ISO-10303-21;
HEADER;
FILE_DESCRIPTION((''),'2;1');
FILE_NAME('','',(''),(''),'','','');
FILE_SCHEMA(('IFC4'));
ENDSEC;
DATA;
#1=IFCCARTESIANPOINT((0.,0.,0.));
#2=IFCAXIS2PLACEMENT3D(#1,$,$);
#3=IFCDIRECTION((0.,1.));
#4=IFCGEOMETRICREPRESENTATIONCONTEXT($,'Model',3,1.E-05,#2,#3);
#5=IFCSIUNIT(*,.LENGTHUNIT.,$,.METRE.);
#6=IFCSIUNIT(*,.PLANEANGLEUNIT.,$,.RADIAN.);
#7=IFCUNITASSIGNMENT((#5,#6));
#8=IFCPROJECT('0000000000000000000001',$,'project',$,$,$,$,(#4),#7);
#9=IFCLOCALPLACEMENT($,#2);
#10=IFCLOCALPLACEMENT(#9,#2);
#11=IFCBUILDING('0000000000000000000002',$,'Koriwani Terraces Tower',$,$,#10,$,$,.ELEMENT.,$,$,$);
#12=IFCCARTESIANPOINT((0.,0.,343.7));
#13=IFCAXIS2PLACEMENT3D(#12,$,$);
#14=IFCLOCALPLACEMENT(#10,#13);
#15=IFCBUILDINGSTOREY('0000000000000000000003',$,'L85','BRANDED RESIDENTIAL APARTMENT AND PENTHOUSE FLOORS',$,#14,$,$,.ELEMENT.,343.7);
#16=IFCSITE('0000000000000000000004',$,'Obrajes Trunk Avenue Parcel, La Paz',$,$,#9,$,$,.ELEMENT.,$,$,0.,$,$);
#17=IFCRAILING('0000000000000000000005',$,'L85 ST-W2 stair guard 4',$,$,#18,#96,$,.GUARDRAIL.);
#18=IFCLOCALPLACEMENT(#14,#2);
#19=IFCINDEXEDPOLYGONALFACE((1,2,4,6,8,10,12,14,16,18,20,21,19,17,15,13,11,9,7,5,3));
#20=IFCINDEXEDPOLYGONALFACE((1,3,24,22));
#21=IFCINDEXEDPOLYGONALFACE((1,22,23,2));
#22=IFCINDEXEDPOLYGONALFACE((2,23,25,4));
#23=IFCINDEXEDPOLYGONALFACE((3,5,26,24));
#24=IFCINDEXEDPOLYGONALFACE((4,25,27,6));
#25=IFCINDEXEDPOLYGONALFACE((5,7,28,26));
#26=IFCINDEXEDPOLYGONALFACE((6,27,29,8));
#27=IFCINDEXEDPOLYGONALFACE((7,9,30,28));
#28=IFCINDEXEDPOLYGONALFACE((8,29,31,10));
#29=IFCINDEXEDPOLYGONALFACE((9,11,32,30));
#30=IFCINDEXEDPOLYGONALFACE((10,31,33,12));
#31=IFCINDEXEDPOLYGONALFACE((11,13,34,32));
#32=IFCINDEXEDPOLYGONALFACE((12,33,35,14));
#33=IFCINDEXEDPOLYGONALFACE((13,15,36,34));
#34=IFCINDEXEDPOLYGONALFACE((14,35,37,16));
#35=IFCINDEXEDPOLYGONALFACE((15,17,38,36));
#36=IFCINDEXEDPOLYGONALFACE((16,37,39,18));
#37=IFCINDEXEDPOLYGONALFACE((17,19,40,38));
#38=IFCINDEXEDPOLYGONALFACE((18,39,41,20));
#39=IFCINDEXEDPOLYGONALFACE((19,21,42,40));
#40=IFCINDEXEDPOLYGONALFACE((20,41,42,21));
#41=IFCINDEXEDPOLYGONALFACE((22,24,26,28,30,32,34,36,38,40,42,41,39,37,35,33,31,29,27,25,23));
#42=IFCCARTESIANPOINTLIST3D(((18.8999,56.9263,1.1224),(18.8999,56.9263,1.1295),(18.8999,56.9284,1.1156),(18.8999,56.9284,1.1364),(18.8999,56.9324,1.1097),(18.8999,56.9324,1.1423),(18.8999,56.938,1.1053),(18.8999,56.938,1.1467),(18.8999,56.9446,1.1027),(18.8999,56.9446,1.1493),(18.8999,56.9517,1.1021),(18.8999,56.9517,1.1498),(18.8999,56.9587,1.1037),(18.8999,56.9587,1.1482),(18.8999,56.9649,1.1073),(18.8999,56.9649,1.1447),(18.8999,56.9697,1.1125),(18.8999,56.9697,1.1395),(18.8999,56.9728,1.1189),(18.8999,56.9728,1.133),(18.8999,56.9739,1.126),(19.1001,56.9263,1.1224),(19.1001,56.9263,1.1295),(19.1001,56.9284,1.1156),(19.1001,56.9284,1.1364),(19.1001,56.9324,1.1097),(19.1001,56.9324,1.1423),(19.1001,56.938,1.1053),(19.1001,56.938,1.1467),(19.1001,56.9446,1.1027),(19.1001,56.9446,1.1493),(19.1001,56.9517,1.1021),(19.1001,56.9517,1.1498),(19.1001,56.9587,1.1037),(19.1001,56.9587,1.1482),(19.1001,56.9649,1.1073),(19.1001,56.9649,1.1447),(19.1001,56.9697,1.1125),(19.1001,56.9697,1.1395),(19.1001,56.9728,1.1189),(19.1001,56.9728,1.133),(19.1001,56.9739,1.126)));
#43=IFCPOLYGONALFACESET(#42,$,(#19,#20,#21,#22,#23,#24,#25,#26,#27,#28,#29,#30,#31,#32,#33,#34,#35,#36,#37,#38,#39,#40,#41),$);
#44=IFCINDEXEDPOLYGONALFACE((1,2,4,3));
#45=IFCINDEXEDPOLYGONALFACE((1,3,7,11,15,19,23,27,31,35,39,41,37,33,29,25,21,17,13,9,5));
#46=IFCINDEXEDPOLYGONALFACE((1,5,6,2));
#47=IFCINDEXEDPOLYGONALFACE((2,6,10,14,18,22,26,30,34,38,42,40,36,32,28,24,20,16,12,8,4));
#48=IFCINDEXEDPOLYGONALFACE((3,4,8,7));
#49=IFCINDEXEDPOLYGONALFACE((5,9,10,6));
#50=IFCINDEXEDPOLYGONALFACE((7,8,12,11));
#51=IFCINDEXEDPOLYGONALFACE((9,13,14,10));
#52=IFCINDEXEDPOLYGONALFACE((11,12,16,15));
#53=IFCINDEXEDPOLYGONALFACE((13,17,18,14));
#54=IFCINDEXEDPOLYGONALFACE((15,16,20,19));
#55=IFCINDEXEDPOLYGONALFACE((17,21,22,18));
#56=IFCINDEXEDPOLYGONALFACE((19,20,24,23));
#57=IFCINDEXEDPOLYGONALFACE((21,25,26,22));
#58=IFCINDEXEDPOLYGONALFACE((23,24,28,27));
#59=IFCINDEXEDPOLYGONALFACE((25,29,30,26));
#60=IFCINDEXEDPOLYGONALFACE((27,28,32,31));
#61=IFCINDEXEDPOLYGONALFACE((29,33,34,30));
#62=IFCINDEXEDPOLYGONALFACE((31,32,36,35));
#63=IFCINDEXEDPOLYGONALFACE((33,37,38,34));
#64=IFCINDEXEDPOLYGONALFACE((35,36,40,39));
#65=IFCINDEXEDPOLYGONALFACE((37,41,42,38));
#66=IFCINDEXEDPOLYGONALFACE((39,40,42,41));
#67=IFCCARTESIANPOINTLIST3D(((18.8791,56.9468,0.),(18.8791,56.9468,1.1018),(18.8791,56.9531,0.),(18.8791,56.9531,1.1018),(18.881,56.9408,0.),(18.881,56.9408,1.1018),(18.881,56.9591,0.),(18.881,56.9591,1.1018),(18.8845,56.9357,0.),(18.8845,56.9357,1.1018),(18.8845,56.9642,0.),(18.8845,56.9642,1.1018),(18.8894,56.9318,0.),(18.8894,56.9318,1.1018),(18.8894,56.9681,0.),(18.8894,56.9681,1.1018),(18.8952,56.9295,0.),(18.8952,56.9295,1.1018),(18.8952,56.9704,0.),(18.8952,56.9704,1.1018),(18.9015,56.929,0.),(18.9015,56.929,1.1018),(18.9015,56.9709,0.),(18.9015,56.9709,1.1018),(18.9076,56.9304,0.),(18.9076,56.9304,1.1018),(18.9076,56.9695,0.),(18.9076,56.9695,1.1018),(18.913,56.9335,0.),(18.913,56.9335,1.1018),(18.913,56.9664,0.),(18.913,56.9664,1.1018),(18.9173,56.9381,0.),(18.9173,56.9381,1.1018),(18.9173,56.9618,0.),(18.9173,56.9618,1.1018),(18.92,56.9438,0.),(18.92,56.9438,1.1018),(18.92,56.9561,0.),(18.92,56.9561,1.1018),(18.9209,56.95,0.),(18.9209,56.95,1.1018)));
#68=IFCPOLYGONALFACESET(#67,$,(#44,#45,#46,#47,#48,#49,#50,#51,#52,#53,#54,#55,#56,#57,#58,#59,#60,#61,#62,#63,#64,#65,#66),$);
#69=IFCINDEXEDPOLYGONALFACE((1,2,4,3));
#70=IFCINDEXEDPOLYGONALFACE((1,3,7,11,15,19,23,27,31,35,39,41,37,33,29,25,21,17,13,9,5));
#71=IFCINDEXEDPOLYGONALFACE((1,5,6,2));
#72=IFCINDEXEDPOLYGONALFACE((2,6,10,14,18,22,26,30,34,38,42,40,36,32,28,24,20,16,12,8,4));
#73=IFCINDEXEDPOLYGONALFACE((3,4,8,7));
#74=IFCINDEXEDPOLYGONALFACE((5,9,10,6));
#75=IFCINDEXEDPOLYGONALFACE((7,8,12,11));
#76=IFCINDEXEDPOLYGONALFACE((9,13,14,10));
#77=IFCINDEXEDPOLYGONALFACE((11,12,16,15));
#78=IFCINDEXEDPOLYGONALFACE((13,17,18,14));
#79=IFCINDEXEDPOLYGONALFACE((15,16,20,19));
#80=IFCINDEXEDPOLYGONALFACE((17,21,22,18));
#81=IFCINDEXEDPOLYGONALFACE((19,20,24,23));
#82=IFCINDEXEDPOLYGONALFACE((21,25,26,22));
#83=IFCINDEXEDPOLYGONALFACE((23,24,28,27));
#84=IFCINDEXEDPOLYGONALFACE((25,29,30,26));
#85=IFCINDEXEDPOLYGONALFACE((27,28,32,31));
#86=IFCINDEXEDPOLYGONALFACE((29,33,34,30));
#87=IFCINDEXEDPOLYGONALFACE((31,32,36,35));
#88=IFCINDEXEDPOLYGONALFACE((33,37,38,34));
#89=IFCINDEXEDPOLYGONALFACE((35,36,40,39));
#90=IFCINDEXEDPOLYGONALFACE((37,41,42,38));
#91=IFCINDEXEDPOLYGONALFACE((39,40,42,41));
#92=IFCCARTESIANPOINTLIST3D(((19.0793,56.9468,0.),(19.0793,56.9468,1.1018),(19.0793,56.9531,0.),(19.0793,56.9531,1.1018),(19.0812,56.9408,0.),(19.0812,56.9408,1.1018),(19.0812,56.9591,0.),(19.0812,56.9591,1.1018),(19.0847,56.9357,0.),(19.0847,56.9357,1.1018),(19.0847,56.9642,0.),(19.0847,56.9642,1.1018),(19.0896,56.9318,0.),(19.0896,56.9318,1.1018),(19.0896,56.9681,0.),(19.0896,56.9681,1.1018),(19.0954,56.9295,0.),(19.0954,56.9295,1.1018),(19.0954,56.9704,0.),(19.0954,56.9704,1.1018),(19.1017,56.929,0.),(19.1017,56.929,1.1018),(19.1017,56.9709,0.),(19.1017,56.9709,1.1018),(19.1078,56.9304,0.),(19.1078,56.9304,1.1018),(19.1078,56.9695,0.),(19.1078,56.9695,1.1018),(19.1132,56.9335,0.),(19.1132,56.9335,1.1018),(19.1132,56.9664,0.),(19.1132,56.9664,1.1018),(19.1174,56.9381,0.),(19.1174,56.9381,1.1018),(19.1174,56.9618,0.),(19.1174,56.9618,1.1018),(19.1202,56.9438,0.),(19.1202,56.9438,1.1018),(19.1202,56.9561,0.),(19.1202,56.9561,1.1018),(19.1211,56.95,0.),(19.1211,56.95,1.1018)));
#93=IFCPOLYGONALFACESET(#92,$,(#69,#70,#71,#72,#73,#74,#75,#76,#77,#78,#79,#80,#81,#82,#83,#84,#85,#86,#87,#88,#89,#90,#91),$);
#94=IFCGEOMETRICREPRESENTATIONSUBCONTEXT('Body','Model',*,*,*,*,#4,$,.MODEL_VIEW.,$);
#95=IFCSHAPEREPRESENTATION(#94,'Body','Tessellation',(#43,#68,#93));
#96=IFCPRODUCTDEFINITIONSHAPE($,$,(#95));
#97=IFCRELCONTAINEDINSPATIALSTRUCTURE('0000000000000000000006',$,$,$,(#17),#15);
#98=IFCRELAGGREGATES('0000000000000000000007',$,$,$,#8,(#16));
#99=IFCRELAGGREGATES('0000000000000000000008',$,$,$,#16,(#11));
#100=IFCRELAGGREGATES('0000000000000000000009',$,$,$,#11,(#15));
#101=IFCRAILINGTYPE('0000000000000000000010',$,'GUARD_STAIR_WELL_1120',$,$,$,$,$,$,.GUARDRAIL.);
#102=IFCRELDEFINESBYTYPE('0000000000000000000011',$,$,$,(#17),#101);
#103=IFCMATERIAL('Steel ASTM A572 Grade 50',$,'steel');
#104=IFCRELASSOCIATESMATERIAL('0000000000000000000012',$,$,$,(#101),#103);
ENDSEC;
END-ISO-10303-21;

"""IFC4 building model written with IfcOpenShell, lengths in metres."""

from ifc_helpers import new_model, si_unit, direction, frame, origin, origin_2d, place, context, subcontext, project, spatial, circle, extrude, material, type_object, element, save


model = new_model("IFC4")

# Units and contexts
model_context = context("Model", 3, precision=1e-05, world=origin(), true_north=direction((0.0, 1.0)))
body_context = subcontext(model_context, "Body", "Model", "MODEL_VIEW")
ifc_project = project(units=[si_unit("LENGTHUNIT", "METRE"), si_unit("PLANEANGLEUNIT", "RADIAN")], contexts=[model_context])

# Site, building, storey
site_placement = place(None, origin())
site = spatial("IfcSite", under=ifc_project, at=site_placement, Name="Obrajes Trunk Avenue Parcel, La Paz", CompositionType="ELEMENT", RefElevation=0.0)
building_placement = place(site_placement, origin())
building = spatial("IfcBuilding", under=site, at=building_placement, Name="Koriwani Terraces Tower", CompositionType="ELEMENT")
storey_placement = place(building_placement, frame((0.0, 0.0, 343.7)))
storey = spatial("IfcBuildingStorey", under=building, at=storey_placement, Name="L85", Description="BRANDED RESIDENTIAL APARTMENT AND PENTHOUSE FLOORS", CompositionType="ELEMENT", Elevation=343.7)

# Shared definitions
ifc_material_1 = material(Name="Steel ASTM A572 Grade 50", Category="steel")

# Railing
railing_type_1 = type_object("IfcRailingType", Name="GUARD_STAIR_WELL_1120", PredefinedType="GUARDRAIL", material=ifc_material_1)
railing_1_placement = place(storey_placement, frame((18.8999, 56.95, 0.0)))
element("IfcRailing", 1, at=railing_1_placement, inside=storey, type_object=railing_type_1, Name="L85 ST-W2 stair guard 4", PredefinedType="GUARDRAIL", context=body_context, shape_type="SweptSolid", body=[
    extrude(circle(Radius=0.0239, at=origin_2d()), frame((0.0, 0.0, 1.126), z_axis=(1.0, 0.0, 0.0), x_axis=(0.0, 1.0, 0.0)), (0.0, 0.0, 1.0), 0.2002),
    extrude(circle(Radius=0.021, at=origin_2d()), origin(), (0.0, 0.0, 1.0), 1.1018),
    extrude(circle(Radius=0.021, at=origin_2d()), frame((0.2002, 0.0, 0.0)), (0.0, 0.0, 1.0), 1.1018),
])

save(model, "model.ifc")
